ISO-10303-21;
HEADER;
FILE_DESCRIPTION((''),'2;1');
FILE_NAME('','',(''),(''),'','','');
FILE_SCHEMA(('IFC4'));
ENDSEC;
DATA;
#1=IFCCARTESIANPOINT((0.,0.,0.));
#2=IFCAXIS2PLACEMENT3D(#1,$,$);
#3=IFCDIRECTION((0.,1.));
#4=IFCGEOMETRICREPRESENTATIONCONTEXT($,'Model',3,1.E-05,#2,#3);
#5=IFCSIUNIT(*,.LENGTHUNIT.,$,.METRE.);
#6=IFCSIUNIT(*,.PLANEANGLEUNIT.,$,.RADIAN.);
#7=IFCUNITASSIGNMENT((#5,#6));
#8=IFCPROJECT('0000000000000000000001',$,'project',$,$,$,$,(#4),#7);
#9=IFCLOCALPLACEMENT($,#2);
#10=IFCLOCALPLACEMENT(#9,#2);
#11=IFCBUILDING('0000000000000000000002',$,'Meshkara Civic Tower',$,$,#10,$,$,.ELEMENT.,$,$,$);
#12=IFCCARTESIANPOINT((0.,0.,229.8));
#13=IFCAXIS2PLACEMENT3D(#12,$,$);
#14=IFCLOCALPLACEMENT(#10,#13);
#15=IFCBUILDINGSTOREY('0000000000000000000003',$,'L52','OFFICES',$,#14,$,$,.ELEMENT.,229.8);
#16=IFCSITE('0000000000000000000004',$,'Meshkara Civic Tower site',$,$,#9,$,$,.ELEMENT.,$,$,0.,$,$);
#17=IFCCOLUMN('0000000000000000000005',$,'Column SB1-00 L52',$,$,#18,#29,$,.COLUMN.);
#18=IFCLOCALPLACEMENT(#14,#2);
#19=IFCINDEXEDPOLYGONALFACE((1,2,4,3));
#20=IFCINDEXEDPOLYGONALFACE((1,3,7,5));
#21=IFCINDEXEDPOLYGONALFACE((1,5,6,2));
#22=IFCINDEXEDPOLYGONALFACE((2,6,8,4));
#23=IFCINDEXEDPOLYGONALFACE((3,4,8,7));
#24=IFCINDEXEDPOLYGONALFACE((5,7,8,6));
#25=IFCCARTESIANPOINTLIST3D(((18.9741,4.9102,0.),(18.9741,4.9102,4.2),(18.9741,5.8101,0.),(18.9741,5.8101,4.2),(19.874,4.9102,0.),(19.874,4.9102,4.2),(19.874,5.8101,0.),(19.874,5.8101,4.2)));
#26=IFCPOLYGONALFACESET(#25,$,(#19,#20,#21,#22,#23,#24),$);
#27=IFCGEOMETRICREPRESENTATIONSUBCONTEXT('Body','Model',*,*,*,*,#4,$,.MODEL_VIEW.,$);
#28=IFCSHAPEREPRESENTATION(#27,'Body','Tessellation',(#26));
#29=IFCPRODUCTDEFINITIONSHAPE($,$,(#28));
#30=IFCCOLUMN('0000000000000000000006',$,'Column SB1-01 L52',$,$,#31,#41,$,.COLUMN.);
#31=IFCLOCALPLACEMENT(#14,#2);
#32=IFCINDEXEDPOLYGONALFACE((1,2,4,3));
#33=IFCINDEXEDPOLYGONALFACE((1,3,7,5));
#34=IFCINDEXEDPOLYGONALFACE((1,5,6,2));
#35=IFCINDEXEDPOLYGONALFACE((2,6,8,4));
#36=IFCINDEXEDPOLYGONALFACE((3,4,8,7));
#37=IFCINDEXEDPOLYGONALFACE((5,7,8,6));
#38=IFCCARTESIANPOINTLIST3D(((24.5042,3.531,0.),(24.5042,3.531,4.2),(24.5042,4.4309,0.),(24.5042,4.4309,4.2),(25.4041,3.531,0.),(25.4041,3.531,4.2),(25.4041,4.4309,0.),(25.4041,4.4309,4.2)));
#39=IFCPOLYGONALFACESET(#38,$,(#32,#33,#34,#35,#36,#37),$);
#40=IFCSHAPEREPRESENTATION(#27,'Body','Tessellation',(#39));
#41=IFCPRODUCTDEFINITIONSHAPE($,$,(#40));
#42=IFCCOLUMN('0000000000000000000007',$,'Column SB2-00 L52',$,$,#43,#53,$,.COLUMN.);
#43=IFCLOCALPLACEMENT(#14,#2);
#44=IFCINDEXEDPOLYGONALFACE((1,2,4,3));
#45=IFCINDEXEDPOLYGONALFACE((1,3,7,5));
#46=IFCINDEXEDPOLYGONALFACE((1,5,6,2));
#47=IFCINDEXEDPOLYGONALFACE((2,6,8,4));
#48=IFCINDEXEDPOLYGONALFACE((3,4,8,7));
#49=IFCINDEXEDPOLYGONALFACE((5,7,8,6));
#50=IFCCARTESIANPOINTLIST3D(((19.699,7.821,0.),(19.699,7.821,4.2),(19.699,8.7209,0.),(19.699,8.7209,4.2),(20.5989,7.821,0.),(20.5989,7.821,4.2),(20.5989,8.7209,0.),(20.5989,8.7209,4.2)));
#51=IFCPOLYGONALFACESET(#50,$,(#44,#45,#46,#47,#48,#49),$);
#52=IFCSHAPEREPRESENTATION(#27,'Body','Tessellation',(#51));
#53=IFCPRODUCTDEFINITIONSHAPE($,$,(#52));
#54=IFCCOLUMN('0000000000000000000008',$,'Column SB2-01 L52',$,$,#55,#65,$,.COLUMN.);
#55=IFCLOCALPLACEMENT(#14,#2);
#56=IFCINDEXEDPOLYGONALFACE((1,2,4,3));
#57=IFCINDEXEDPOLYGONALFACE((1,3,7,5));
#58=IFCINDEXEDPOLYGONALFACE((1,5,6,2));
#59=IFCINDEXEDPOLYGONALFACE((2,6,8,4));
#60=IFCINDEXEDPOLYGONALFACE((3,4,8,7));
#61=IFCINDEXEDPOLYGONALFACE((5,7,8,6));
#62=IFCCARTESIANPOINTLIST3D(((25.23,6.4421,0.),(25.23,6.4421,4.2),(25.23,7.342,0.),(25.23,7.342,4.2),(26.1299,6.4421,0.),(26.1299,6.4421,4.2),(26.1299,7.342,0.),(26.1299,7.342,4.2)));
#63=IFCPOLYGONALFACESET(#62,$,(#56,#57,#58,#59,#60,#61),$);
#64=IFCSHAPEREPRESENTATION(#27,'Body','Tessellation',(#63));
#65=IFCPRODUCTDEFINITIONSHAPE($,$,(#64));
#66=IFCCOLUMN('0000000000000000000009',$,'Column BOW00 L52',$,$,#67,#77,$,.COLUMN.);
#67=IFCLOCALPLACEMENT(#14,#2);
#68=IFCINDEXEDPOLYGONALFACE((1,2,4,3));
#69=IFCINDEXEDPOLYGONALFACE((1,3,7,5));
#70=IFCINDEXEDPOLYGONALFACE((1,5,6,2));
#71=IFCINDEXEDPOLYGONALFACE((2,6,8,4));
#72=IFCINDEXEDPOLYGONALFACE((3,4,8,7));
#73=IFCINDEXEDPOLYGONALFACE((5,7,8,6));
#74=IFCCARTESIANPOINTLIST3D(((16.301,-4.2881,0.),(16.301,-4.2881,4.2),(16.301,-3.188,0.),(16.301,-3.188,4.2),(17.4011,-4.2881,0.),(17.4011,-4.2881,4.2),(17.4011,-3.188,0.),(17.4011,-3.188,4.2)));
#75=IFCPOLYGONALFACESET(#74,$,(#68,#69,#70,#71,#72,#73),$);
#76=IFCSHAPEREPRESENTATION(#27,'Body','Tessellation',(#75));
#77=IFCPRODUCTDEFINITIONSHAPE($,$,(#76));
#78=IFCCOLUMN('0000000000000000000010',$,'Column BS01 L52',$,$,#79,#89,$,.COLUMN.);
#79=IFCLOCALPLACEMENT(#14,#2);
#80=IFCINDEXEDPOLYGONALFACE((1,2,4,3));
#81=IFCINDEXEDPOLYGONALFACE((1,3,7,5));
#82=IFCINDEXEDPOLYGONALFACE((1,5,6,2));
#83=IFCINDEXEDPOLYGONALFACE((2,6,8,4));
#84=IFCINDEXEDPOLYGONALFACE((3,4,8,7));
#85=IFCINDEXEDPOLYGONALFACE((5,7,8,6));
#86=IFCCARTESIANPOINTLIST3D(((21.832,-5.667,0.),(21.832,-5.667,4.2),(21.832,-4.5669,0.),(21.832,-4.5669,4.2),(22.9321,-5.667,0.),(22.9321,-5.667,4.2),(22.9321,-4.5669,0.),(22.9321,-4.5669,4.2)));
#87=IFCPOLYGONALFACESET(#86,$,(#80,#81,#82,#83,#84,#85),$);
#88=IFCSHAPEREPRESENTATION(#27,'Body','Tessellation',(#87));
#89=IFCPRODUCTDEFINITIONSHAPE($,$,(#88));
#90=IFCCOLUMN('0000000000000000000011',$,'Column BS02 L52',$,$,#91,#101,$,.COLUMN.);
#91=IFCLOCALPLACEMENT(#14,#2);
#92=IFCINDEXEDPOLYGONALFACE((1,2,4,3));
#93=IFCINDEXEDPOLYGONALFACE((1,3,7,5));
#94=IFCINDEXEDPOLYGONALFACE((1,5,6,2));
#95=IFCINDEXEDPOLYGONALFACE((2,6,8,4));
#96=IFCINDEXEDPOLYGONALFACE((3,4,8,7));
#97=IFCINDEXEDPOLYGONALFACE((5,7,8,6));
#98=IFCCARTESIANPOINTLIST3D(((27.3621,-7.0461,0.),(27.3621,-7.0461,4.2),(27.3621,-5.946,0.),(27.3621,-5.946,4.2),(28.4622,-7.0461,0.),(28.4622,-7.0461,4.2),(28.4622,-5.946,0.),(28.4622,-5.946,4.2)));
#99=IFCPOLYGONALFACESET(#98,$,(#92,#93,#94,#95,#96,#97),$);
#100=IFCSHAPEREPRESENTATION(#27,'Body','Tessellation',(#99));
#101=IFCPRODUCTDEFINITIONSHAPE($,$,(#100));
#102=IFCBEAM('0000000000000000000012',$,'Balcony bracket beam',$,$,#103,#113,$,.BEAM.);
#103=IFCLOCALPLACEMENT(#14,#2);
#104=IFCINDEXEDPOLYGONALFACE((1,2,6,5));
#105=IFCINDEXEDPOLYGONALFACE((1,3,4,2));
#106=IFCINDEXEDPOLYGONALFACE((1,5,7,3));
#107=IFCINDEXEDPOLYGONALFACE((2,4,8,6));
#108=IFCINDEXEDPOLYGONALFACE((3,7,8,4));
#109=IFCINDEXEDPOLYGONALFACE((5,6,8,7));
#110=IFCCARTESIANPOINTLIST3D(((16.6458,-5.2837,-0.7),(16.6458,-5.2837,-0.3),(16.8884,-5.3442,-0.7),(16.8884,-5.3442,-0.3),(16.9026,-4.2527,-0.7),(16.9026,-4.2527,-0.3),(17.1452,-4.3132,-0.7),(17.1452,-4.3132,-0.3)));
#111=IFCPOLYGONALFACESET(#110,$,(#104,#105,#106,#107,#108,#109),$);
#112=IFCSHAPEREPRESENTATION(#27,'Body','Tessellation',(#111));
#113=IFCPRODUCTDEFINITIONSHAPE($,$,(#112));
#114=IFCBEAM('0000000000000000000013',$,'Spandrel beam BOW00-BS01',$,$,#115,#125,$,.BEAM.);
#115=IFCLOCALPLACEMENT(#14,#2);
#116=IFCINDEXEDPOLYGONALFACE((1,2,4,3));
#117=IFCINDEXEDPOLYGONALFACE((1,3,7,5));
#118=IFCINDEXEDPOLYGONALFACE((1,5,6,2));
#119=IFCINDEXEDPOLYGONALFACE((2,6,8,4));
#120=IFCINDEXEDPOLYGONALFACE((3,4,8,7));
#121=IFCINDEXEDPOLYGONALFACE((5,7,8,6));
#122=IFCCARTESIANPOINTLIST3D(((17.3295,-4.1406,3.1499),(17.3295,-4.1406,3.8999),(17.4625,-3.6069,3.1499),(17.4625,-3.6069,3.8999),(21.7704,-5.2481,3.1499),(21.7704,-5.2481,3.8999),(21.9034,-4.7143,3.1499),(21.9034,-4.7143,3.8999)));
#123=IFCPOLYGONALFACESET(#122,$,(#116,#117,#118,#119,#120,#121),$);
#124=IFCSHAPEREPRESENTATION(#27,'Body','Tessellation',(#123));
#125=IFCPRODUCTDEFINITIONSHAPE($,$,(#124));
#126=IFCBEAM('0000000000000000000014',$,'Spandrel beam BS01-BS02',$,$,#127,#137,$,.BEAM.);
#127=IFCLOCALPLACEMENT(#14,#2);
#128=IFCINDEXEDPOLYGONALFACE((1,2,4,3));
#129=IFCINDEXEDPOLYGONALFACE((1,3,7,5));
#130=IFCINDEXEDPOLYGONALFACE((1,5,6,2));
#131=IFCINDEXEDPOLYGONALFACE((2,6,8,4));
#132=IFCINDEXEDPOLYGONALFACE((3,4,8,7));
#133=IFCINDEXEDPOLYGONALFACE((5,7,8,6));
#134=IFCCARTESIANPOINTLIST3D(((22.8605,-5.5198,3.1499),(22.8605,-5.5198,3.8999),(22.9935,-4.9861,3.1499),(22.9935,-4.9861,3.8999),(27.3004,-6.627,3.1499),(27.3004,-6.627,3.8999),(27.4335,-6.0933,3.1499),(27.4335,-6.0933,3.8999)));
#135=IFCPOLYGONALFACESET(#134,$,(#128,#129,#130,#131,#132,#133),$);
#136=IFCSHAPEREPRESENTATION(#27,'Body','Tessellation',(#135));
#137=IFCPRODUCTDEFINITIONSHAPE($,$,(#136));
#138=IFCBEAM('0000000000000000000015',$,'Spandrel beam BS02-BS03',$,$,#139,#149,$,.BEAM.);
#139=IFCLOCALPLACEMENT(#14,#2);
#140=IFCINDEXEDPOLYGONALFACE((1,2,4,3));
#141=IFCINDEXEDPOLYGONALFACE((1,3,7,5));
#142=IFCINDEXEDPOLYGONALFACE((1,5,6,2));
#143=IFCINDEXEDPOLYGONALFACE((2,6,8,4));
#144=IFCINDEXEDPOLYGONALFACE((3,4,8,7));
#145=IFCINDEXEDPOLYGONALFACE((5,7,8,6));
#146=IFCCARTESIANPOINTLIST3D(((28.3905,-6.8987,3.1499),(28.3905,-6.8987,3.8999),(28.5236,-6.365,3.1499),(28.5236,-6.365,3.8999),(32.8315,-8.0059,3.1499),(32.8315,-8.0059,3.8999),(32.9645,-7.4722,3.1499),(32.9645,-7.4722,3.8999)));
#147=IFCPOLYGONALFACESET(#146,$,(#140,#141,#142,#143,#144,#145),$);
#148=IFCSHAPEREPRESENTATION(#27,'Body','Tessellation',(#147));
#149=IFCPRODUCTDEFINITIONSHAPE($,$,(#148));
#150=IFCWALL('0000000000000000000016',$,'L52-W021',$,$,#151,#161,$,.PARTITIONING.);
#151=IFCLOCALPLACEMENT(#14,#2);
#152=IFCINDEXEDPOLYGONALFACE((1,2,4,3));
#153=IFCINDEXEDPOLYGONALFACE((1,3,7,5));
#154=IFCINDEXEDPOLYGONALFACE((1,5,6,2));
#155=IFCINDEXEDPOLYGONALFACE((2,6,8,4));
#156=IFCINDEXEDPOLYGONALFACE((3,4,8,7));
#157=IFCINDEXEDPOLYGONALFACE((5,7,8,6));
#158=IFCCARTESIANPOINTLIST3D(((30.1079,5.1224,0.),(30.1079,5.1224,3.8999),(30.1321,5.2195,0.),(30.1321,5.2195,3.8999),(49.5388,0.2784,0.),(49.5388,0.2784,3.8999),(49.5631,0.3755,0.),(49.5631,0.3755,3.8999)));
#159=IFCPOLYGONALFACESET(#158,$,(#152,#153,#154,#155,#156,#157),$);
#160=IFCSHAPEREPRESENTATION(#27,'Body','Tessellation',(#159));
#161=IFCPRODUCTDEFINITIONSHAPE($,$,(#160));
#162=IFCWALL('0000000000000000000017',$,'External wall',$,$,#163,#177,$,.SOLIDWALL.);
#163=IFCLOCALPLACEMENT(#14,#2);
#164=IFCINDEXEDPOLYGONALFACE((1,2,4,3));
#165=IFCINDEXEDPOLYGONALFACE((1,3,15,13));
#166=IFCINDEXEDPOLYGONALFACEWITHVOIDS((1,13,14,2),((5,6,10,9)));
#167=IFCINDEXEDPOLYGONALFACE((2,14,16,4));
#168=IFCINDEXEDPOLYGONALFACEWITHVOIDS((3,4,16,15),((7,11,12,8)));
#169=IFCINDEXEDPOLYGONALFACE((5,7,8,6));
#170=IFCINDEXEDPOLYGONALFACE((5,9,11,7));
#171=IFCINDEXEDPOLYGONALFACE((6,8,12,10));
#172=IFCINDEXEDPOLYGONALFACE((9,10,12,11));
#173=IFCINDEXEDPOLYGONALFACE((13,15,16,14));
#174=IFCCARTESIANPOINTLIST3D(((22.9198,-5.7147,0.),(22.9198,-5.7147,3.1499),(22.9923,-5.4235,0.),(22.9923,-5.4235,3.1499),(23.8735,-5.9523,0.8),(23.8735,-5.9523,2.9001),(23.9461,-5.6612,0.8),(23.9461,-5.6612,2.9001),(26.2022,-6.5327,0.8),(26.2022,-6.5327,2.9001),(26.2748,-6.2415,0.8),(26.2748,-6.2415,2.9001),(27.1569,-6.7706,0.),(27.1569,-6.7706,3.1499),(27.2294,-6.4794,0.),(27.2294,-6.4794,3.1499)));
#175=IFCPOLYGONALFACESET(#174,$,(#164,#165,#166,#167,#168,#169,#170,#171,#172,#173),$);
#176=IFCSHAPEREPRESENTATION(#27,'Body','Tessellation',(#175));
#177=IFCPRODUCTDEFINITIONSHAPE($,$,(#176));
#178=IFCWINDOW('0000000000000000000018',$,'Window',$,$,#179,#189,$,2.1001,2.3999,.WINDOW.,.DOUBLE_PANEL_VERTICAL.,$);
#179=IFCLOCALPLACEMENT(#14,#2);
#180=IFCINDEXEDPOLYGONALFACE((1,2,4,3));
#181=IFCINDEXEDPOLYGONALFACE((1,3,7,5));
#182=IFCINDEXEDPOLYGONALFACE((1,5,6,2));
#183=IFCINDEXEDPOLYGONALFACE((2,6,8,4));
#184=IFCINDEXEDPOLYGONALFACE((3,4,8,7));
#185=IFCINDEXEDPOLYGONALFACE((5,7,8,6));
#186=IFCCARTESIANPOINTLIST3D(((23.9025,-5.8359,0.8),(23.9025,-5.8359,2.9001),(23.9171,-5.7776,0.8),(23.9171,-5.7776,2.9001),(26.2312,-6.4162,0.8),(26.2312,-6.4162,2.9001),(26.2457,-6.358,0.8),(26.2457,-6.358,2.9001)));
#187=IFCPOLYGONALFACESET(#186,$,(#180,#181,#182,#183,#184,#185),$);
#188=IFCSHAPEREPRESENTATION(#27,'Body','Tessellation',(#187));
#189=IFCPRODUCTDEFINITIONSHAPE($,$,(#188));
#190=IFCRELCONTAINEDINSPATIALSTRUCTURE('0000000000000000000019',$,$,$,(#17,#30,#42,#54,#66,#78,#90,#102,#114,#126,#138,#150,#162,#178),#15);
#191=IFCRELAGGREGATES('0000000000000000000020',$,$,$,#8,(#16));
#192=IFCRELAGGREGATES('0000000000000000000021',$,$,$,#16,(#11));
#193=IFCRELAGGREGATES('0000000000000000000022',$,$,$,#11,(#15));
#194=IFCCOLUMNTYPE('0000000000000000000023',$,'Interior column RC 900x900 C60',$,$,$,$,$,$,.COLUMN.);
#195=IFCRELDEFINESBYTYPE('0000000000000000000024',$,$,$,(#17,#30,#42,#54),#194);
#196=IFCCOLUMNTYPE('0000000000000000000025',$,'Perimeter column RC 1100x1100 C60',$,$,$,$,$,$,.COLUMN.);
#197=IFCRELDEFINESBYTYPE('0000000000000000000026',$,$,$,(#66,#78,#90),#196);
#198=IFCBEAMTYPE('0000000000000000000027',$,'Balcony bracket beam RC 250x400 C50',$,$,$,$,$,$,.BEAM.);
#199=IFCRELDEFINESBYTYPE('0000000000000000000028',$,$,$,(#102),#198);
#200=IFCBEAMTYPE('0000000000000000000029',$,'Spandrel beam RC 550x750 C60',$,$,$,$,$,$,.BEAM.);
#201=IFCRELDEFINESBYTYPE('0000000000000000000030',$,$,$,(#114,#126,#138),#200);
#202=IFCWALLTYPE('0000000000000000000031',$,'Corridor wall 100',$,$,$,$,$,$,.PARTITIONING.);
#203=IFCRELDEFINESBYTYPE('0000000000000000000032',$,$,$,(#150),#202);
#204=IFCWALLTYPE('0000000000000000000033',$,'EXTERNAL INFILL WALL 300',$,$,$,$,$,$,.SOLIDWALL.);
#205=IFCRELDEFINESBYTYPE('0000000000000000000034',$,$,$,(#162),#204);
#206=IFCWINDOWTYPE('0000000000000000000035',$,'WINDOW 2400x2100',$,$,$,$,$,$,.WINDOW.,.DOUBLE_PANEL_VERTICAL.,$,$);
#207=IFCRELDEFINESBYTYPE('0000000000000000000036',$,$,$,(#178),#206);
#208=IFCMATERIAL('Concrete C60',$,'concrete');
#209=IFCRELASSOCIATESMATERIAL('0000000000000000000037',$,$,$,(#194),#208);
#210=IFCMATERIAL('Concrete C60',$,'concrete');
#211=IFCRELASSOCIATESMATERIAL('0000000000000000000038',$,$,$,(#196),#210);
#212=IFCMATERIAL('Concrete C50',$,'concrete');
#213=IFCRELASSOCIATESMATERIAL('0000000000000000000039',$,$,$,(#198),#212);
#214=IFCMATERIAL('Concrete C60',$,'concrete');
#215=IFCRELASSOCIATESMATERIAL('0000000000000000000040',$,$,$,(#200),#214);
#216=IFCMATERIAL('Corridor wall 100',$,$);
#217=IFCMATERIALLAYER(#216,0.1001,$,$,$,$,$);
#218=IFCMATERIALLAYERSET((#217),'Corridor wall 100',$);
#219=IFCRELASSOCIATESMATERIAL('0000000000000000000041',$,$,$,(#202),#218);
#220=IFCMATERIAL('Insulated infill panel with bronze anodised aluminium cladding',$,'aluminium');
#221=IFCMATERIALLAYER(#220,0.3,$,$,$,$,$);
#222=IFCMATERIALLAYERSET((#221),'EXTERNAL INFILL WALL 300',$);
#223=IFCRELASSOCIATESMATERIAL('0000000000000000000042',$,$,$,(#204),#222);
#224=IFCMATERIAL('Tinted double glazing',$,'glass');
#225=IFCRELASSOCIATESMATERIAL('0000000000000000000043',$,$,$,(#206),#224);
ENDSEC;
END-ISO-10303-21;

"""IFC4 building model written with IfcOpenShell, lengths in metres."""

from ifc_helpers import new_model, si_unit, direction, frame, frame_2d, origin, origin_2d, place, context, subcontext, project, spatial, rectangle, extrude, material, layer, layer_set, material_profile, profile_set, type_object, element, fill, save


model = new_model("IFC4")

# Units and contexts
model_context = context("Model", 3, precision=1e-05, world=origin(), true_north=direction((0.0, 1.0)))
body_context = subcontext(model_context, "Body", "Model", "MODEL_VIEW")
ifc_project = project(units=[si_unit("LENGTHUNIT", "METRE"), si_unit("PLANEANGLEUNIT", "RADIAN")], contexts=[model_context])

# Site, building, storey
site_placement = place(None, origin())
site = spatial("IfcSite", under=ifc_project, at=site_placement, Name="Meshkara Civic Tower site", CompositionType="ELEMENT", RefElevation=0.0)
building_placement = place(site_placement, origin())
building = spatial("IfcBuilding", under=site, at=building_placement, Name="Meshkara Civic Tower", CompositionType="ELEMENT")
storey_placement = place(building_placement, frame((0.0, 0.0, 229.8)))
storey = spatial("IfcBuildingStorey", under=building, at=storey_placement, Name="L52", Description="OFFICES", CompositionType="ELEMENT", Elevation=229.8)

# Columns
ifc_material_1 = material(Name="Concrete C60", Category="concrete")
ifc_material_profile_1 = material_profile(ifc_material_1, rectangle(XDim=0.8999, YDim=0.8999, at=origin_2d()))
ifc_profile_set_1 = profile_set([ifc_material_profile_1], Name="Concrete C60")
column_type_1 = type_object("IfcColumnType", Name="Interior column RC 900x900 C60", PredefinedType="COLUMN", material=ifc_profile_set_1)
for number, where, z_axis, x_axis, name in (
    (1, (19.4241, 5.3601, 0.0), (0.0, 0.0, 1.0), (1.0, 0.0, 0.0), "Column SB1-00 L52"),
    (2, (24.9541, 3.981, 0.0), (0.0, 0.0, 1.0), (1.0, 0.0, 0.0), "Column SB1-01 L52"),
    (3, (20.1489, 8.271, 0.0), (0.0, 0.0, 1.0), (1.0, 0.0, 0.0), "Column SB2-00 L52"),
    (4, (25.6799, 6.8921, 0.0), (0.0, 0.0, 1.0), (1.0, 0.0, 0.0), "Column SB2-01 L52"),
):
    element("IfcColumn", number, at=place(storey_placement, frame(where, z_axis=z_axis, x_axis=x_axis)), inside=storey, type_object=column_type_1, Name=name, PredefinedType="COLUMN", context=body_context, shape_type="SweptSolid", body=[
        extrude(rectangle(XDim=0.8999, YDim=0.8999, at=origin_2d()), origin(), (0.0, 0.0, 1.0), 4.2),
    ])
ifc_material_2 = material(Name="Concrete C60", Category="concrete")
ifc_material_profile_2 = material_profile(ifc_material_2, rectangle(XDim=1.1001, YDim=1.1001, at=origin_2d()))
ifc_profile_set_2 = profile_set([ifc_material_profile_2], Name="Concrete C60")
column_type_2 = type_object("IfcColumnType", Name="Perimeter column RC 1100x1100 C60", PredefinedType="COLUMN", material=ifc_profile_set_2)
for number, where, z_axis, x_axis, name in (
    (5, (16.8511, -3.738, 0.0), (0.0, 0.0, 1.0), (1.0, 0.0, 0.0), "Column BOW00 L52"),
    (6, (22.3821, -5.1169, 0.0), (0.0, 0.0, 1.0), (1.0, 0.0, 0.0), "Column BS01 L52"),
    (7, (27.9121, -6.4961, 0.0), (0.0, 0.0, 1.0), (1.0, 0.0, 0.0), "Column BS02 L52"),
):
    element("IfcColumn", number, at=place(storey_placement, frame(where, z_axis=z_axis, x_axis=x_axis)), inside=storey, type_object=column_type_2, Name=name, PredefinedType="COLUMN", context=body_context, shape_type="SweptSolid", body=[
        extrude(rectangle(XDim=1.1001, YDim=1.1001, at=origin_2d()), origin(), (0.0, 0.0, 1.0), 4.2),
    ])

# Beams
ifc_material_3 = material(Name="Concrete C50", Category="concrete")
ifc_material_profile_3 = material_profile(ifc_material_3, rectangle(XDim=0.25, YDim=0.3999, at=origin_2d()))
ifc_profile_set_3 = profile_set([ifc_material_profile_3], Name="Concrete C50")
beam_type_1 = type_object("IfcBeamType", Name="Balcony bracket beam RC 250x400 C50", PredefinedType="BEAM", material=ifc_profile_set_3)
beam_1_placement = place(storey_placement, frame((17.0239, -4.283, -0.5), z_axis=(-0.241725, -0.970345, 0.0), x_axis=(0.970345, -0.241725, 0.0)))
element("IfcBeam", 8, at=beam_1_placement, inside=storey, type_object=beam_type_1, Name="Balcony bracket beam", PredefinedType="BEAM", context=body_context, shape_type="SweptSolid", body=[
    extrude(rectangle(XDim=0.25, YDim=0.3999, at=origin_2d()), origin(), (0.0, 0.0, 1.0), 1.0625),
])
ifc_material_4 = material(Name="Concrete C60", Category="concrete")
ifc_material_profile_4 = material_profile(ifc_material_4, rectangle(XDim=0.55, YDim=0.75, at=origin_2d()))
ifc_profile_set_4 = profile_set([ifc_material_profile_4], Name="Concrete C60")
beam_type_2 = type_object("IfcBeamType", Name="Spandrel beam RC 550x750 C60", PredefinedType="BEAM", material=ifc_profile_set_4)
beam_2_placement = place(storey_placement, frame((17.396, -3.8738, 3.5249), z_axis=(0.970287, -0.241958, 0.0), x_axis=(0.241958, 0.970287, 0.0)))
element("IfcBeam", 9, at=beam_2_placement, inside=storey, type_object=beam_type_2, Name="Spandrel beam BOW00-BS01", PredefinedType="BEAM", context=body_context, shape_type="SweptSolid", body=[
    extrude(rectangle(XDim=0.55, YDim=0.75, at=origin_2d()), origin(), (0.0, 0.0, 1.0), 4.5769),
])
beam_3_placement = place(storey_placement, frame((22.927, -5.2529, 3.5249), z_axis=(0.970287, -0.241958, 0.0), x_axis=(0.241958, 0.970287, 0.0)))
element("IfcBeam", 10, at=beam_3_placement, inside=storey, type_object=beam_type_2, Name="Spandrel beam BS01-BS02", PredefinedType="BEAM", context=body_context, shape_type="SweptSolid", body=[
    extrude(rectangle(XDim=0.55, YDim=0.75, at=origin_2d()), origin(), (0.0, 0.0, 1.0), 4.5759),
])
beam_4_placement = place(storey_placement, frame((28.457, -6.6318, 3.5249), z_axis=(0.970299, -0.241908, 0.0), x_axis=(0.241908, 0.970299, 0.0)))
element("IfcBeam", 11, at=beam_4_placement, inside=storey, type_object=beam_type_2, Name="Spandrel beam BS02-BS03", PredefinedType="BEAM", context=body_context, shape_type="SweptSolid", body=[
    extrude(rectangle(XDim=0.55, YDim=0.75, at=origin_2d()), origin(), (0.0, 0.0, 1.0), 4.5769),
])

# Wall
ifc_material_5 = material(Name="Corridor wall 100")
ifc_layer_1 = layer(ifc_material_5, 0.1001)
ifc_layer_set_1 = layer_set([ifc_layer_1], Name="Corridor wall 100")
wall_type_1 = type_object("IfcWallType", Name="Corridor wall 100", PredefinedType="PARTITIONING", material=ifc_layer_set_1)
wall_1_placement = place(storey_placement, frame((30.1201, 5.1709, 0.0), z_axis=(0.0, 0.0, 1.0), x_axis=(0.970304, -0.24189, 0.0)))
element("IfcWall", 12, at=wall_1_placement, inside=storey, type_object=wall_type_1, Name="L52-W021", PredefinedType="PARTITIONING", context=body_context, shape_type="SweptSolid", body=[
    extrude(rectangle(XDim=20.0256, YDim=0.1001, at=frame_2d((10.0127, 0.0))), origin(), (0.0, 0.0, 1.0), 3.8999),
])

# Wall, opening, window
ifc_material_6 = material(Name="Insulated infill panel with bronze anodised aluminium cladding", Category="aluminium")
ifc_layer_2 = layer(ifc_material_6, 0.3)
ifc_layer_set_2 = layer_set([ifc_layer_2], Name="EXTERNAL INFILL WALL 300")
wall_type_2 = type_object("IfcWallType", Name="EXTERNAL INFILL WALL 300", PredefinedType="SOLIDWALL", material=ifc_layer_set_2)
wall_2_placement = place(storey_placement, frame((22.9561, -5.5691, 0.0), z_axis=(0.0, 0.0, 1.0), x_axis=(0.970323, -0.241812, 0.0)))
wall_2 = element("IfcWall", 13, at=wall_2_placement, inside=storey, type_object=wall_type_2, Name="External wall", PredefinedType="SOLIDWALL", context=body_context, shape_type="SweptSolid", body=[
    extrude(rectangle(XDim=4.3667, YDim=0.3, at=frame_2d((2.1833, 0.0))), origin(), (0.0, 0.0, 1.0), 3.1499),
])
opening_1_placement = place(wall_2_placement, frame((0.9829, 0.0, 0.8)))
opening_1 = element("IfcOpeningElement", 14, at=opening_1_placement, cuts=wall_2, PredefinedType="OPENING", context=body_context, shape_type="SweptSolid", body=[
    extrude(rectangle(XDim=2.3999, YDim=2.1001, at=frame_2d((1.2, 1.05))), frame((0.0, 0.1599, 0.0), z_axis=(0.0, -1.0, 0.0), x_axis=(1.0, 0.0, 0.0)), (0.0, 0.0, 1.0), 0.3201),
])
ifc_material_7 = material(Name="Tinted double glazing", Category="glass")
window_type = type_object("IfcWindowType", Name="WINDOW 2400x2100", PartitioningType="DOUBLE_PANEL_VERTICAL", PredefinedType="WINDOW", material=ifc_material_7)
window_1_placement = place(opening_1_placement, origin())
window_1 = element("IfcWindow", 15, at=window_1_placement, inside=storey, type_object=window_type, Name="Window", OverallHeight=2.1001, OverallWidth=2.3999, PartitioningType="DOUBLE_PANEL_VERTICAL", PredefinedType="WINDOW", context=body_context, shape_type="SweptSolid", body=[
    extrude(rectangle(XDim=2.3999, YDim=2.1001, at=frame_2d((1.2, 1.05))), frame((0.0, 0.03, 0.0), z_axis=(0.0, -1.0, 0.0), x_axis=(1.0, 0.0, 0.0)), (0.0, 0.0, 1.0), 0.0601),
])
fill(opening_1, window_1)

save(model, "model.ifc")
